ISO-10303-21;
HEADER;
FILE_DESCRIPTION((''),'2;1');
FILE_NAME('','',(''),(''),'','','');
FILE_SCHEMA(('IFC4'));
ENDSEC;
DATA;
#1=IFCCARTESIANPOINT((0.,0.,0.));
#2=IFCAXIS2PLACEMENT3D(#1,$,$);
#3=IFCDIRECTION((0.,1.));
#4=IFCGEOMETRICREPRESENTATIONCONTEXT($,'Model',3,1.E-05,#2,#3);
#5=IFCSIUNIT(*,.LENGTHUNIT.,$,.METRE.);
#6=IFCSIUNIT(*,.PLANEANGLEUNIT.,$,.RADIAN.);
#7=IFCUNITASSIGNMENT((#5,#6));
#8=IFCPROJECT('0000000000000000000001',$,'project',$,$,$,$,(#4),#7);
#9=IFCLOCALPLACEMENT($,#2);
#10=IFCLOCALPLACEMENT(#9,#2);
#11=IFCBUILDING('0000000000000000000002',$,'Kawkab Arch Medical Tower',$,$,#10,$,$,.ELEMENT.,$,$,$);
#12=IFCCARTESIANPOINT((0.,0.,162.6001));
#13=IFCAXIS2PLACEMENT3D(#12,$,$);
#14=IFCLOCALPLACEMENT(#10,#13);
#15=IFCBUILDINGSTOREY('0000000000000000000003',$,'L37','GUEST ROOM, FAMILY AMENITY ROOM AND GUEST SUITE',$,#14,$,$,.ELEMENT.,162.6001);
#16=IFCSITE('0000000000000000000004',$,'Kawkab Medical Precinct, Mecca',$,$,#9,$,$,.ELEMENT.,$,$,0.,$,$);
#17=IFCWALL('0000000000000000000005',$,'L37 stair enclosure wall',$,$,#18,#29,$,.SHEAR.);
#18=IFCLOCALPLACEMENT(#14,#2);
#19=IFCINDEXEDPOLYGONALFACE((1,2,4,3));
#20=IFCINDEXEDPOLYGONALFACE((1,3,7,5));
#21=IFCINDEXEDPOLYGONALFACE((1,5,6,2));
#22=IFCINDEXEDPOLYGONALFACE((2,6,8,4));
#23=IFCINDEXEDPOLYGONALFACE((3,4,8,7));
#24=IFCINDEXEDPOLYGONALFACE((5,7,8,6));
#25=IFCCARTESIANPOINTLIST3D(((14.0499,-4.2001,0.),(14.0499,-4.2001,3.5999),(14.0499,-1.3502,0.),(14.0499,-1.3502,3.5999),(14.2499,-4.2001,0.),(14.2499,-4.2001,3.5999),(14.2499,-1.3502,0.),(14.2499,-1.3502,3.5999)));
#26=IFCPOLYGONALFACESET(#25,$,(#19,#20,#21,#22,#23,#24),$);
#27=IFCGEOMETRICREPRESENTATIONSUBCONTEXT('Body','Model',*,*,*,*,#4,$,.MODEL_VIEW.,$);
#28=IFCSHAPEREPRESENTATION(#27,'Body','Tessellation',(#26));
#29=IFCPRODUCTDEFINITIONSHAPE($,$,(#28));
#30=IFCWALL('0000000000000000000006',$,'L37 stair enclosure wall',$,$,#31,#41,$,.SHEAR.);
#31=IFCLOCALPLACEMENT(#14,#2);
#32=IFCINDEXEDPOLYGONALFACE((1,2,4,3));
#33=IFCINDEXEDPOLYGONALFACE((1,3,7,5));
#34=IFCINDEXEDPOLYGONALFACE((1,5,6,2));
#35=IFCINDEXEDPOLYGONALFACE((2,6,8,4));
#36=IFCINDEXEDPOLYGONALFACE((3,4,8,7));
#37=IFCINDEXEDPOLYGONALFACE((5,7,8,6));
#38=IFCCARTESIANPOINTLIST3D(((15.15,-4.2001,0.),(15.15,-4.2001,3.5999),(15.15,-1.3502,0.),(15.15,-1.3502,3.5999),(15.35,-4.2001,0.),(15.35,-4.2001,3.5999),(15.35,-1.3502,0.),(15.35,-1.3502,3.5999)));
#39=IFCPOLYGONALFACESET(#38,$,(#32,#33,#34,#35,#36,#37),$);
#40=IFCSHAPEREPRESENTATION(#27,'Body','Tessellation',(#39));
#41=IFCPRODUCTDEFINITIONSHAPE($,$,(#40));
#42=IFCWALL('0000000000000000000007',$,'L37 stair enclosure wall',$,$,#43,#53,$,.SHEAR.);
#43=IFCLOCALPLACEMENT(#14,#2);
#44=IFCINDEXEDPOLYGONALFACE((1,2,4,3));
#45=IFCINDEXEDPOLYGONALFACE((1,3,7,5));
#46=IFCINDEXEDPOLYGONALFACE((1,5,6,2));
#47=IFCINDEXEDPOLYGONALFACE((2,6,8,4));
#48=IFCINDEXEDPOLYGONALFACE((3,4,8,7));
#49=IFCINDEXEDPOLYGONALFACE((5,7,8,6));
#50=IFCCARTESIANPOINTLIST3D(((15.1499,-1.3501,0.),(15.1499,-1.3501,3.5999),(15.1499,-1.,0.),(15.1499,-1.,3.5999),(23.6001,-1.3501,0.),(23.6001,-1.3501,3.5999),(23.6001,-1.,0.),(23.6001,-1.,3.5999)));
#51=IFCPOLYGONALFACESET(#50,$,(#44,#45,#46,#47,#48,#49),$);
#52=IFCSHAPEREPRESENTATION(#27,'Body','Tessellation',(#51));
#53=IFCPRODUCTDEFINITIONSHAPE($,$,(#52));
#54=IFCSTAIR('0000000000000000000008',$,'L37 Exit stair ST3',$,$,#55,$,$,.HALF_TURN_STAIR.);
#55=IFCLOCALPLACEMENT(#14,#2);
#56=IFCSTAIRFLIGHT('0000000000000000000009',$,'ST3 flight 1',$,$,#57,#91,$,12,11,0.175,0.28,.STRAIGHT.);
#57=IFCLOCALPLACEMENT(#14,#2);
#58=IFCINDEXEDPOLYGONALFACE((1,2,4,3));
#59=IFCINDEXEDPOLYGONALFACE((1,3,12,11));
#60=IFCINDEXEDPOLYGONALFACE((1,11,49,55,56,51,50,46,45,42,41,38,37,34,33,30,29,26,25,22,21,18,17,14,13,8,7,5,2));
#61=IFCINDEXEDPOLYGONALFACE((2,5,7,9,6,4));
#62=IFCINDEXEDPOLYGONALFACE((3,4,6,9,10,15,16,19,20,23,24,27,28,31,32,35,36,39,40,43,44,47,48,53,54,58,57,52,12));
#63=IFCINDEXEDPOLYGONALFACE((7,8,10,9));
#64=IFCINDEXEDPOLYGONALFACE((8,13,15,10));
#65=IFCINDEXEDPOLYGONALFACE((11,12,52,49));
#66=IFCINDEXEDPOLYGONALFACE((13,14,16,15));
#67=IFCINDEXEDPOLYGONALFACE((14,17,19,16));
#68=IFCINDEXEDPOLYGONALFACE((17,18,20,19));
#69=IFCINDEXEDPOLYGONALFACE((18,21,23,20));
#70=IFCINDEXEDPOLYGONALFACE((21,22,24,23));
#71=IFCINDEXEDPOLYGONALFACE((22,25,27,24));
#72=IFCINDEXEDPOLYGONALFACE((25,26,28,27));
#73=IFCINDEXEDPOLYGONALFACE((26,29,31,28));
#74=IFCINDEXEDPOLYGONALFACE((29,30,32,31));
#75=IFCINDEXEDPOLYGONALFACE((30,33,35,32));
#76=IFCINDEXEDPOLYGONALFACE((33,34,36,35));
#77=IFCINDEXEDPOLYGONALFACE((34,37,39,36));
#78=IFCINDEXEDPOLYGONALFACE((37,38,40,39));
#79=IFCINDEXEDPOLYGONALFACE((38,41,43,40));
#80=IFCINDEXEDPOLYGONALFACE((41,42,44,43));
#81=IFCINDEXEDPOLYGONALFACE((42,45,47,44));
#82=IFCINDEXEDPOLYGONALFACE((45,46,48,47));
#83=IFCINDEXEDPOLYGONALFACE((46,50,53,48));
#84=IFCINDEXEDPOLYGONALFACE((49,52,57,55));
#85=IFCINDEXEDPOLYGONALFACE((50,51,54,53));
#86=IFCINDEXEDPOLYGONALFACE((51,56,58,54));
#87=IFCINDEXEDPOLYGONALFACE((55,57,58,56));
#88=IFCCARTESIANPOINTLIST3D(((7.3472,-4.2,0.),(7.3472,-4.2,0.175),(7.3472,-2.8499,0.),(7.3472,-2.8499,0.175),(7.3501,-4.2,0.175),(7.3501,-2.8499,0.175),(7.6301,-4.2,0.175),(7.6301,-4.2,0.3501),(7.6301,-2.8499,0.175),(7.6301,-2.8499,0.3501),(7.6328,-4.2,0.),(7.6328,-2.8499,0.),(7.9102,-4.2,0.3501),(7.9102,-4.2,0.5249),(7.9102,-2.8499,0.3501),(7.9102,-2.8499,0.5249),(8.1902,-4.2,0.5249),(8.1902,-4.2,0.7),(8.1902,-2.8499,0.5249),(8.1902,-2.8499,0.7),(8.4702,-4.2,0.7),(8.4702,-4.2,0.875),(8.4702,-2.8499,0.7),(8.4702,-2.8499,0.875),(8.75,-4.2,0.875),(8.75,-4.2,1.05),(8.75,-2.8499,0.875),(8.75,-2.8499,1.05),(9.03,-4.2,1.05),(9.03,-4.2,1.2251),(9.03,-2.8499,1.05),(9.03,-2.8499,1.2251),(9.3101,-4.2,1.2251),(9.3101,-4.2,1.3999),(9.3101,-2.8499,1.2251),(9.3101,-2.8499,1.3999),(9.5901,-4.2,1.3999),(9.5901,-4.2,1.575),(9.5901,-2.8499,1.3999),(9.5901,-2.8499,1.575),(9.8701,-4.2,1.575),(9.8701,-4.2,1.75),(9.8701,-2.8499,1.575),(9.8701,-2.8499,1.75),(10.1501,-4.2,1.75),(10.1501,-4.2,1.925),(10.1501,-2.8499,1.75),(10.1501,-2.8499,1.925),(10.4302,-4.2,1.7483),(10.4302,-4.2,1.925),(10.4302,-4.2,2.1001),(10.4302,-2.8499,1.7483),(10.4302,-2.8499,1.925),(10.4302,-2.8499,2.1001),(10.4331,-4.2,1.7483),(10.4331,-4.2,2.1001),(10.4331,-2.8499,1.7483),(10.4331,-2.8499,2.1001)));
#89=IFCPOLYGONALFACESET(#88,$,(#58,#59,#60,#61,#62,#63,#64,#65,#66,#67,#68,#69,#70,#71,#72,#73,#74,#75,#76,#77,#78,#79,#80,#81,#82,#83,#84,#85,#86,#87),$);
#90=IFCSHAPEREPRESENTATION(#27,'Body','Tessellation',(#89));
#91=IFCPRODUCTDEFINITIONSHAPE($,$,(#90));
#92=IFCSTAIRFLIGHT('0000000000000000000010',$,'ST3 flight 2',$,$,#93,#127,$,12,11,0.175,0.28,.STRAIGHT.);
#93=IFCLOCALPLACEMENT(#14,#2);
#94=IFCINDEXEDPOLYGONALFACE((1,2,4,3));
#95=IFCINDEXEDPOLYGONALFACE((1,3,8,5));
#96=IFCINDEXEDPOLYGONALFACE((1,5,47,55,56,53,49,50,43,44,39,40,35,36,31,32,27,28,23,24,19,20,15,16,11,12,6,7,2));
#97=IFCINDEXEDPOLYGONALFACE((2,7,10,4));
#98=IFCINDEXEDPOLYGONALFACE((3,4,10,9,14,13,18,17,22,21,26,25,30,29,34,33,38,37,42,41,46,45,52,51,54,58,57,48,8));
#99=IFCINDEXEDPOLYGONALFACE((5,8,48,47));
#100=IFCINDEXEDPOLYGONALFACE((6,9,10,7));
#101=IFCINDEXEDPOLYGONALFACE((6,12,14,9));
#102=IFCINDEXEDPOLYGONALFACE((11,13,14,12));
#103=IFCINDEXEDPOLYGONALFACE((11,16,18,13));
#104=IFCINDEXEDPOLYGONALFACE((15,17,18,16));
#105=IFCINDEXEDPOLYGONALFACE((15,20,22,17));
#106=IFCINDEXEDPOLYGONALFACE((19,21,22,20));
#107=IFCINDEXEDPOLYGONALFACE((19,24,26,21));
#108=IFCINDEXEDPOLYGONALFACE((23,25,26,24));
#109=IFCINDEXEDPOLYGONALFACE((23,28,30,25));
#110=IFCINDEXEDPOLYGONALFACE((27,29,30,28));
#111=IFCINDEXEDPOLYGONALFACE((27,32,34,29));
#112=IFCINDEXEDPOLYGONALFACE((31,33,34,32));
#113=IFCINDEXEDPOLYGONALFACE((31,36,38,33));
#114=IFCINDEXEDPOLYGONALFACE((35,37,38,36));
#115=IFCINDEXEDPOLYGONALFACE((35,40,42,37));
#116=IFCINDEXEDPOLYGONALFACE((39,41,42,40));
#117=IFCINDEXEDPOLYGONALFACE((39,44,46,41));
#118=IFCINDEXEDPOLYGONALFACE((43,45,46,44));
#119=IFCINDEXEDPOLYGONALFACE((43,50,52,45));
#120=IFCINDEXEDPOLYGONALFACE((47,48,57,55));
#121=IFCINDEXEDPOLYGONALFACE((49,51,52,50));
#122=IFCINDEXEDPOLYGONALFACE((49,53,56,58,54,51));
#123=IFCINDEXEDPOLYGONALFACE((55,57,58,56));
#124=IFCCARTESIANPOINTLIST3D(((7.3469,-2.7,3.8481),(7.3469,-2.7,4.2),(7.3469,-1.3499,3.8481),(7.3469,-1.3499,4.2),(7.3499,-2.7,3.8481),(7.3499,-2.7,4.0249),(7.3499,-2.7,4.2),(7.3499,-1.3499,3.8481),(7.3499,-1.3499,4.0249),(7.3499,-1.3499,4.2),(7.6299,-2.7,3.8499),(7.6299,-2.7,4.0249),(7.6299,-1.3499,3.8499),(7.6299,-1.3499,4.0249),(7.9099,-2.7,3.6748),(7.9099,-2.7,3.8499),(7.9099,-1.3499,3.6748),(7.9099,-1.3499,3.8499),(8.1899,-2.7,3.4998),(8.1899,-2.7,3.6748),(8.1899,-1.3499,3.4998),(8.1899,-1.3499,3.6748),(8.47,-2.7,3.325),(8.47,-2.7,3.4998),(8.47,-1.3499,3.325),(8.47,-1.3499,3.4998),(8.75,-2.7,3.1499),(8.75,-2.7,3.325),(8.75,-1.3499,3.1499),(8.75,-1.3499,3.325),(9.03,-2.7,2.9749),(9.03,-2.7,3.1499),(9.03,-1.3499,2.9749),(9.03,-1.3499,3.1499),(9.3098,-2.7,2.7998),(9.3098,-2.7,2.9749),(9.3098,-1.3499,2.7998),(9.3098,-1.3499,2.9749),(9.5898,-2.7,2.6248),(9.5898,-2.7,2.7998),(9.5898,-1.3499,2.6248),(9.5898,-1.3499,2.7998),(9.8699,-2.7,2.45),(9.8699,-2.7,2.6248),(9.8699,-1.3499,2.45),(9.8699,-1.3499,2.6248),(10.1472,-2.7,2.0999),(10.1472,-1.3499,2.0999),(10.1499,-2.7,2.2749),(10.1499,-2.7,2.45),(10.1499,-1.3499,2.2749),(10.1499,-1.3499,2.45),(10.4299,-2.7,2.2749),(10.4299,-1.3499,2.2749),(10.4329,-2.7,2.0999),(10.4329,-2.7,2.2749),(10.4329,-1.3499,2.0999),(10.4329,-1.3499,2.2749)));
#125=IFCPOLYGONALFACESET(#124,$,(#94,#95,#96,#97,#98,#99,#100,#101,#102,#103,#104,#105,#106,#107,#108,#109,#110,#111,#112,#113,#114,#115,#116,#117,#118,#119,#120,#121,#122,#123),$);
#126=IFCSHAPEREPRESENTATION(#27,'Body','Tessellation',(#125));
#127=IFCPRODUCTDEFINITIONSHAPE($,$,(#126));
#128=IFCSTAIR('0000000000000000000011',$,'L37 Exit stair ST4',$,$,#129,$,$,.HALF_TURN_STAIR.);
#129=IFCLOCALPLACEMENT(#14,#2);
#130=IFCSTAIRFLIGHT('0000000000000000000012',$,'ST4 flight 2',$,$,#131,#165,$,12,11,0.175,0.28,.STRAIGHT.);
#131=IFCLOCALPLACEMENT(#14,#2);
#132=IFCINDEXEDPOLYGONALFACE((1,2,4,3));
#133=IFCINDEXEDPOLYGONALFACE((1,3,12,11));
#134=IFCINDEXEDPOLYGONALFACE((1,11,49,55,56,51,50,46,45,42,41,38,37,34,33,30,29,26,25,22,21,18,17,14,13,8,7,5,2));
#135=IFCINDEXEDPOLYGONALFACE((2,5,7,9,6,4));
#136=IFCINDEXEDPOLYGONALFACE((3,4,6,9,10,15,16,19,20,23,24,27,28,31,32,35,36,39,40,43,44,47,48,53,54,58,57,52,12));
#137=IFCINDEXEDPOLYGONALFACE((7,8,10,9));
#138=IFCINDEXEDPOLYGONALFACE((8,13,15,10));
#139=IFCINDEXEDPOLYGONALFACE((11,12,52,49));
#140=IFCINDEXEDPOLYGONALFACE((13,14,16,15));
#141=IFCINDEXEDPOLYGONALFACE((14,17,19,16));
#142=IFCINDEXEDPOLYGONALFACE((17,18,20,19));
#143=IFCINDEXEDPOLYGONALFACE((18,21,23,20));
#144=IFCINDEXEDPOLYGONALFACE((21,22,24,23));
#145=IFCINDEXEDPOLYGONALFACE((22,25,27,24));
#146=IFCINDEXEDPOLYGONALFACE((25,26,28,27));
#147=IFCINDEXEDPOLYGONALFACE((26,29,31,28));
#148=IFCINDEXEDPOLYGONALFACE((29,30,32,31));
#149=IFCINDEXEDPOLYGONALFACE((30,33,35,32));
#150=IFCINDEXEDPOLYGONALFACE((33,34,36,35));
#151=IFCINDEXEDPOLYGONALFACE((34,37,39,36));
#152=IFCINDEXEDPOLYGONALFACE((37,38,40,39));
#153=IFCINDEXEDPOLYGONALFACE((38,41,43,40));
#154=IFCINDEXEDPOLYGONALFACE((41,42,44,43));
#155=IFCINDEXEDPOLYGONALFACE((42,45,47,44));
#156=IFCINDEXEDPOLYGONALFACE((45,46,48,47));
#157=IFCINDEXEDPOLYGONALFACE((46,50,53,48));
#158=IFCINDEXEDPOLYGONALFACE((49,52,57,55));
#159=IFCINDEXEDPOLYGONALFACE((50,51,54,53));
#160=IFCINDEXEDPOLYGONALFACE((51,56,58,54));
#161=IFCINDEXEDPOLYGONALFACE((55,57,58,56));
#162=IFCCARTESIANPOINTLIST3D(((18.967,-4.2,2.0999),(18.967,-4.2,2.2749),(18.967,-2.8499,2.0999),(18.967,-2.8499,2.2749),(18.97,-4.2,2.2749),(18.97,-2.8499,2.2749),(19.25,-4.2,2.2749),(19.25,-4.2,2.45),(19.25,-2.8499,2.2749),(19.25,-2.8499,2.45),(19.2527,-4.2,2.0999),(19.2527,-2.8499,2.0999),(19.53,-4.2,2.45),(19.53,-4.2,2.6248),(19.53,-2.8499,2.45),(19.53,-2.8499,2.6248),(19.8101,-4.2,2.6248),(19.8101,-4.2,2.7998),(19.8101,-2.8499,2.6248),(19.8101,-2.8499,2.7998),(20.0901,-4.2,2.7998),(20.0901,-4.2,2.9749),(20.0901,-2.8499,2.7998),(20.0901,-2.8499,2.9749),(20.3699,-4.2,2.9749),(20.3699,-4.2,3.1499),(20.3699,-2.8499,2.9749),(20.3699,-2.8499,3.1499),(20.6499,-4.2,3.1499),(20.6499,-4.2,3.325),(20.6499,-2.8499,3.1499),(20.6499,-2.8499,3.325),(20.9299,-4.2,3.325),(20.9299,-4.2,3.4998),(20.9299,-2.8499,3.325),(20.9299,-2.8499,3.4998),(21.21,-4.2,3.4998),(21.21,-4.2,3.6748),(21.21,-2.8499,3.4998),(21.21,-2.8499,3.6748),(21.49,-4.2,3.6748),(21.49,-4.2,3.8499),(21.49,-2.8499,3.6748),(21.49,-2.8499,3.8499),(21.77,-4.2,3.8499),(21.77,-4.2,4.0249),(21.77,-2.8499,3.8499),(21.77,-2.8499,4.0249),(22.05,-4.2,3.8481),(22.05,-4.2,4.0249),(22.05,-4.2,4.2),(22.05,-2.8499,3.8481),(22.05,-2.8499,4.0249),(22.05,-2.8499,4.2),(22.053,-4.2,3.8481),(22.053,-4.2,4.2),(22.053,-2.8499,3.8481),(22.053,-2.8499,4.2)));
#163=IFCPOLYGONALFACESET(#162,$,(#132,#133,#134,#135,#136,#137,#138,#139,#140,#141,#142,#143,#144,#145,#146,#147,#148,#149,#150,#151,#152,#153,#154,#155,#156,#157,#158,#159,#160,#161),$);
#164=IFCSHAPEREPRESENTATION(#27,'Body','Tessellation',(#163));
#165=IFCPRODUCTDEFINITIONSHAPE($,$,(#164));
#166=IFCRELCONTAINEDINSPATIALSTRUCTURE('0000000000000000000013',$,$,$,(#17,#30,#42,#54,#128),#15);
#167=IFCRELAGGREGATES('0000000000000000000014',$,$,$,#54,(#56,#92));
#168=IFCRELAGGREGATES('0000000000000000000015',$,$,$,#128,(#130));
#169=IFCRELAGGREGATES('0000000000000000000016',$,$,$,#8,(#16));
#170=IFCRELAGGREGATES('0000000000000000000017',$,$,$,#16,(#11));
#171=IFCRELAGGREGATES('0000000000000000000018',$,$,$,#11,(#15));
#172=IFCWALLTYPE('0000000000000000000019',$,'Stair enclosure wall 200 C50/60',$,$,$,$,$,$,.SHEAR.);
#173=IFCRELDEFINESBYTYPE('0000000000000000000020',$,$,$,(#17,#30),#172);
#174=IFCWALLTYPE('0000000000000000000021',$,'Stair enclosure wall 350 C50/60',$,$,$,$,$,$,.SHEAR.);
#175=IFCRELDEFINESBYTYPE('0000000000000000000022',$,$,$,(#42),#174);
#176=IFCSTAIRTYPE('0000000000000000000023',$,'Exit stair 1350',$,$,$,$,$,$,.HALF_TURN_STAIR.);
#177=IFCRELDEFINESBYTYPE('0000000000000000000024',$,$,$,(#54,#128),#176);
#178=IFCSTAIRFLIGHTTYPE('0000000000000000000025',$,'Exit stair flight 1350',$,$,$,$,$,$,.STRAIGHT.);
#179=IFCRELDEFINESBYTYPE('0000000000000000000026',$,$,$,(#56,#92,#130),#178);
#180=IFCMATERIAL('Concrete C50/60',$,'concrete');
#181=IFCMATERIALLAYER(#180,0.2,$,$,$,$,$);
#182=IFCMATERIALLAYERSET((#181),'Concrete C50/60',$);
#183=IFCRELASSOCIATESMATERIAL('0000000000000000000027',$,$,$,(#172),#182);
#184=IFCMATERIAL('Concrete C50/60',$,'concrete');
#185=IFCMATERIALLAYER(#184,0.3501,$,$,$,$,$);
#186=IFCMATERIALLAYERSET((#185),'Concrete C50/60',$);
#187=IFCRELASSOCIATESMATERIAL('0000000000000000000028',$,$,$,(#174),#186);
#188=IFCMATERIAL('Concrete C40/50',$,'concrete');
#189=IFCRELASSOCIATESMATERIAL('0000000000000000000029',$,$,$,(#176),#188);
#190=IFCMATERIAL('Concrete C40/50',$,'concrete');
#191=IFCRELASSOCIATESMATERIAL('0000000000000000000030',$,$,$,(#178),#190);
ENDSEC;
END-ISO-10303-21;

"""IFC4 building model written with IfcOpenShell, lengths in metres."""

from ifc_helpers import new_model, si_unit, direction, frame, frame_2d, origin, place, context, subcontext, project, spatial, polyline, rectangle, outline, extrude, material, layer, layer_set, type_object, element, aggregate, save


model = new_model("IFC4")

# Units and contexts
model_context = context("Model", 3, precision=1e-05, world=origin(), true_north=direction((0.0, 1.0)))
body_context = subcontext(model_context, "Body", "Model", "MODEL_VIEW")
ifc_project = project(units=[si_unit("LENGTHUNIT", "METRE"), si_unit("PLANEANGLEUNIT", "RADIAN")], contexts=[model_context])

# Site, building, storey
site_placement = place(None, origin())
site = spatial("IfcSite", under=ifc_project, at=site_placement, Name="Kawkab Medical Precinct, Mecca", CompositionType="ELEMENT", RefElevation=0.0)
building_placement = place(site_placement, origin())
building = spatial("IfcBuilding", under=site, at=building_placement, Name="Kawkab Arch Medical Tower", CompositionType="ELEMENT")
storey_placement = place(building_placement, frame((0.0, 0.0, 162.6001)))
storey = spatial("IfcBuildingStorey", under=building, at=storey_placement, Name="L37", Description="GUEST ROOM, FAMILY AMENITY ROOM AND GUEST SUITE", CompositionType="ELEMENT", Elevation=162.6001)

# Shared definitions
placement = place(storey_placement, origin())

# Walls
ifc_material_1 = material(Name="Concrete C50/60", Category="concrete")
ifc_layer_1 = layer(ifc_material_1, 0.2)
ifc_layer_set_1 = layer_set([ifc_layer_1], Name="Concrete C50/60")
wall_type_1 = type_object("IfcWallType", Name="Stair enclosure wall 200 C50/60", PredefinedType="SHEAR", material=ifc_layer_set_1)
for number, where, z_axis, x_axis, name in (
    (1, (14.1499, -4.2, 0.0), (0.0, 0.0, 1.0), (0.0, 1.0, 0.0), "L37 stair enclosure wall"),
    (2, (15.25, -4.2, 0.0), (0.0, 0.0, 1.0), (0.0, 1.0, 0.0), "L37 stair enclosure wall"),
):
    element("IfcWall", number, at=place(storey_placement, frame(where, z_axis=z_axis, x_axis=x_axis)), inside=storey, type_object=wall_type_1, Name=name, PredefinedType="SHEAR", context=body_context, shape_type="SweptSolid", body=[
        extrude(rectangle(XDim=2.8499, YDim=0.2, at=frame_2d((1.4248, 0.0))), origin(), (0.0, 0.0, 1.0), 3.5999),
    ])
ifc_material_2 = material(Name="Concrete C50/60", Category="concrete")
ifc_layer_2 = layer(ifc_material_2, 0.3501)
ifc_layer_set_2 = layer_set([ifc_layer_2], Name="Concrete C50/60")
wall_type_2 = type_object("IfcWallType", Name="Stair enclosure wall 350 C50/60", PredefinedType="SHEAR", material=ifc_layer_set_2)
wall_placement = place(storey_placement, frame((15.1499, -1.175, 0.0), z_axis=(0.0, 0.0, 1.0), x_axis=(1.0, 0.0, 0.0)))
element("IfcWall", 3, at=wall_placement, inside=storey, type_object=wall_type_2, Name="L37 stair enclosure wall", PredefinedType="SHEAR", context=body_context, shape_type="SweptSolid", body=[
    extrude(rectangle(XDim=8.4502, YDim=0.3501, at=frame_2d((4.2251, 0.0))), origin(), (0.0, 0.0, 1.0), 3.5999),
])

# Stair, stair flights
ifc_material_3 = material(Name="Concrete C40/50", Category="concrete")
stair_type = type_object("IfcStairType", Name="Exit stair 1350", PredefinedType="HALF_TURN_STAIR", material=ifc_material_3)
stair_1 = element("IfcStair", 4, at=placement, inside=storey, type_object=stair_type, Name="L37 Exit stair ST3", PredefinedType="HALF_TURN_STAIR")
ifc_material_4 = material(Name="Concrete C40/50", Category="concrete")
stair_flight_type = type_object("IfcStairFlightType", Name="Exit stair flight 1350", PredefinedType="STRAIGHT", material=ifc_material_4)
stair_flight_1_placement = place(storey_placement, frame((7.3501, -3.5249, 0.0), z_axis=(0.0, 0.0, 1.0), x_axis=(1.0, 0.0, 0.0)))
stair_flight_1 = element("IfcStairFlight", 5, at=stair_flight_1_placement, type_object=stair_flight_type, Name="ST3 flight 1", NumberOfRisers=12, NumberOfTreads=11, PredefinedType="STRAIGHT", RiserHeight=0.175, TreadLength=0.28, context=body_context, shape_type="SweptSolid", body=[
    extrude(outline(polyline([(-0.0029, 0.0), (-0.0029, 0.175), (0.0, 0.175), (0.28, 0.175), (0.28, 0.3501), (0.5601, 0.3501), (0.5601, 0.5249), (0.8401, 0.5249), (0.8401, 0.7), (1.1201, 0.7), (1.1201, 0.875), (1.3999, 0.875), (1.3999, 1.05), (1.6799, 1.05), (1.6799, 1.2251), (1.96, 1.2251), (1.96, 1.3999), (2.24, 1.3999), (2.24, 1.575), (2.52, 1.575), (2.52, 1.75), (2.8, 1.75), (2.8, 1.925), (3.0801, 1.925), (3.0801, 2.1001), (3.083, 2.1001), (3.083, 1.7483), (3.0801, 1.7483), (0.2827, 0.0), (-0.0029, 0.0)])), frame((0.0, 0.675, 0.0), z_axis=(0.0, -1.0, 0.0), x_axis=(1.0, 0.0, 0.0)), (0.0, 0.0, 1.0), 1.3501),
])
stair_flight_2_placement = place(storey_placement, frame((10.4299, -2.0249, 2.0999), z_axis=(0.0, 0.0, 1.0), x_axis=(-1.0, 0.0, 0.0)))
stair_flight_2 = element("IfcStairFlight", 6, at=stair_flight_2_placement, type_object=stair_flight_type, Name="ST3 flight 2", NumberOfRisers=12, NumberOfTreads=11, PredefinedType="STRAIGHT", RiserHeight=0.175, TreadLength=0.28, context=body_context, shape_type="SweptSolid", body=[
    extrude(outline(polyline([(-0.0029, 0.0), (-0.0029, 0.175), (0.0, 0.175), (0.28, 0.175), (0.28, 0.3501), (0.5601, 0.3501), (0.5601, 0.5249), (0.8401, 0.5249), (0.8401, 0.7), (1.1201, 0.7), (1.1201, 0.875), (1.3999, 0.875), (1.3999, 1.05), (1.6799, 1.05), (1.6799, 1.2251), (1.96, 1.2251), (1.96, 1.3999), (2.24, 1.3999), (2.24, 1.575), (2.52, 1.575), (2.52, 1.75), (2.8, 1.75), (2.8, 1.925), (3.0801, 1.925), (3.0801, 2.1001), (3.083, 2.1001), (3.083, 1.7483), (3.0801, 1.7483), (0.2827, 0.0), (-0.0029, 0.0)])), frame((0.0, 0.675, 0.0), z_axis=(0.0, -1.0, 0.0), x_axis=(1.0, 0.0, 0.0)), (0.0, 0.0, 1.0), 1.3501),
])
aggregate(stair_1, [stair_flight_1, stair_flight_2])

# Stair, stair flight
stair_2 = element("IfcStair", 7, at=placement, inside=storey, type_object=stair_type, Name="L37 Exit stair ST4", PredefinedType="HALF_TURN_STAIR")
stair_flight_3_placement = place(storey_placement, frame((18.97, -3.5249, 2.0999), z_axis=(0.0, 0.0, 1.0), x_axis=(1.0, 0.0, 0.0)))
stair_flight_3 = element("IfcStairFlight", 8, at=stair_flight_3_placement, type_object=stair_flight_type, Name="ST4 flight 2", NumberOfRisers=12, NumberOfTreads=11, PredefinedType="STRAIGHT", RiserHeight=0.175, TreadLength=0.28, context=body_context, shape_type="SweptSolid", body=[
    extrude(outline(polyline([(-0.0029, 0.0), (-0.0029, 0.175), (0.0, 0.175), (0.28, 0.175), (0.28, 0.3501), (0.5601, 0.3501), (0.5601, 0.5249), (0.8401, 0.5249), (0.8401, 0.7), (1.1201, 0.7), (1.1201, 0.875), (1.3999, 0.875), (1.3999, 1.05), (1.6799, 1.05), (1.6799, 1.2251), (1.96, 1.2251), (1.96, 1.3999), (2.24, 1.3999), (2.24, 1.575), (2.52, 1.575), (2.52, 1.75), (2.8, 1.75), (2.8, 1.925), (3.0801, 1.925), (3.0801, 2.1001), (3.083, 2.1001), (3.083, 1.7483), (3.0801, 1.7483), (0.2827, 0.0), (-0.0029, 0.0)])), frame((0.0, 0.675, 0.0), z_axis=(0.0, -1.0, 0.0), x_axis=(1.0, 0.0, 0.0)), (0.0, 0.0, 1.0), 1.3501),
])
aggregate(stair_2, [stair_flight_3])

save(model, "model.ifc")
